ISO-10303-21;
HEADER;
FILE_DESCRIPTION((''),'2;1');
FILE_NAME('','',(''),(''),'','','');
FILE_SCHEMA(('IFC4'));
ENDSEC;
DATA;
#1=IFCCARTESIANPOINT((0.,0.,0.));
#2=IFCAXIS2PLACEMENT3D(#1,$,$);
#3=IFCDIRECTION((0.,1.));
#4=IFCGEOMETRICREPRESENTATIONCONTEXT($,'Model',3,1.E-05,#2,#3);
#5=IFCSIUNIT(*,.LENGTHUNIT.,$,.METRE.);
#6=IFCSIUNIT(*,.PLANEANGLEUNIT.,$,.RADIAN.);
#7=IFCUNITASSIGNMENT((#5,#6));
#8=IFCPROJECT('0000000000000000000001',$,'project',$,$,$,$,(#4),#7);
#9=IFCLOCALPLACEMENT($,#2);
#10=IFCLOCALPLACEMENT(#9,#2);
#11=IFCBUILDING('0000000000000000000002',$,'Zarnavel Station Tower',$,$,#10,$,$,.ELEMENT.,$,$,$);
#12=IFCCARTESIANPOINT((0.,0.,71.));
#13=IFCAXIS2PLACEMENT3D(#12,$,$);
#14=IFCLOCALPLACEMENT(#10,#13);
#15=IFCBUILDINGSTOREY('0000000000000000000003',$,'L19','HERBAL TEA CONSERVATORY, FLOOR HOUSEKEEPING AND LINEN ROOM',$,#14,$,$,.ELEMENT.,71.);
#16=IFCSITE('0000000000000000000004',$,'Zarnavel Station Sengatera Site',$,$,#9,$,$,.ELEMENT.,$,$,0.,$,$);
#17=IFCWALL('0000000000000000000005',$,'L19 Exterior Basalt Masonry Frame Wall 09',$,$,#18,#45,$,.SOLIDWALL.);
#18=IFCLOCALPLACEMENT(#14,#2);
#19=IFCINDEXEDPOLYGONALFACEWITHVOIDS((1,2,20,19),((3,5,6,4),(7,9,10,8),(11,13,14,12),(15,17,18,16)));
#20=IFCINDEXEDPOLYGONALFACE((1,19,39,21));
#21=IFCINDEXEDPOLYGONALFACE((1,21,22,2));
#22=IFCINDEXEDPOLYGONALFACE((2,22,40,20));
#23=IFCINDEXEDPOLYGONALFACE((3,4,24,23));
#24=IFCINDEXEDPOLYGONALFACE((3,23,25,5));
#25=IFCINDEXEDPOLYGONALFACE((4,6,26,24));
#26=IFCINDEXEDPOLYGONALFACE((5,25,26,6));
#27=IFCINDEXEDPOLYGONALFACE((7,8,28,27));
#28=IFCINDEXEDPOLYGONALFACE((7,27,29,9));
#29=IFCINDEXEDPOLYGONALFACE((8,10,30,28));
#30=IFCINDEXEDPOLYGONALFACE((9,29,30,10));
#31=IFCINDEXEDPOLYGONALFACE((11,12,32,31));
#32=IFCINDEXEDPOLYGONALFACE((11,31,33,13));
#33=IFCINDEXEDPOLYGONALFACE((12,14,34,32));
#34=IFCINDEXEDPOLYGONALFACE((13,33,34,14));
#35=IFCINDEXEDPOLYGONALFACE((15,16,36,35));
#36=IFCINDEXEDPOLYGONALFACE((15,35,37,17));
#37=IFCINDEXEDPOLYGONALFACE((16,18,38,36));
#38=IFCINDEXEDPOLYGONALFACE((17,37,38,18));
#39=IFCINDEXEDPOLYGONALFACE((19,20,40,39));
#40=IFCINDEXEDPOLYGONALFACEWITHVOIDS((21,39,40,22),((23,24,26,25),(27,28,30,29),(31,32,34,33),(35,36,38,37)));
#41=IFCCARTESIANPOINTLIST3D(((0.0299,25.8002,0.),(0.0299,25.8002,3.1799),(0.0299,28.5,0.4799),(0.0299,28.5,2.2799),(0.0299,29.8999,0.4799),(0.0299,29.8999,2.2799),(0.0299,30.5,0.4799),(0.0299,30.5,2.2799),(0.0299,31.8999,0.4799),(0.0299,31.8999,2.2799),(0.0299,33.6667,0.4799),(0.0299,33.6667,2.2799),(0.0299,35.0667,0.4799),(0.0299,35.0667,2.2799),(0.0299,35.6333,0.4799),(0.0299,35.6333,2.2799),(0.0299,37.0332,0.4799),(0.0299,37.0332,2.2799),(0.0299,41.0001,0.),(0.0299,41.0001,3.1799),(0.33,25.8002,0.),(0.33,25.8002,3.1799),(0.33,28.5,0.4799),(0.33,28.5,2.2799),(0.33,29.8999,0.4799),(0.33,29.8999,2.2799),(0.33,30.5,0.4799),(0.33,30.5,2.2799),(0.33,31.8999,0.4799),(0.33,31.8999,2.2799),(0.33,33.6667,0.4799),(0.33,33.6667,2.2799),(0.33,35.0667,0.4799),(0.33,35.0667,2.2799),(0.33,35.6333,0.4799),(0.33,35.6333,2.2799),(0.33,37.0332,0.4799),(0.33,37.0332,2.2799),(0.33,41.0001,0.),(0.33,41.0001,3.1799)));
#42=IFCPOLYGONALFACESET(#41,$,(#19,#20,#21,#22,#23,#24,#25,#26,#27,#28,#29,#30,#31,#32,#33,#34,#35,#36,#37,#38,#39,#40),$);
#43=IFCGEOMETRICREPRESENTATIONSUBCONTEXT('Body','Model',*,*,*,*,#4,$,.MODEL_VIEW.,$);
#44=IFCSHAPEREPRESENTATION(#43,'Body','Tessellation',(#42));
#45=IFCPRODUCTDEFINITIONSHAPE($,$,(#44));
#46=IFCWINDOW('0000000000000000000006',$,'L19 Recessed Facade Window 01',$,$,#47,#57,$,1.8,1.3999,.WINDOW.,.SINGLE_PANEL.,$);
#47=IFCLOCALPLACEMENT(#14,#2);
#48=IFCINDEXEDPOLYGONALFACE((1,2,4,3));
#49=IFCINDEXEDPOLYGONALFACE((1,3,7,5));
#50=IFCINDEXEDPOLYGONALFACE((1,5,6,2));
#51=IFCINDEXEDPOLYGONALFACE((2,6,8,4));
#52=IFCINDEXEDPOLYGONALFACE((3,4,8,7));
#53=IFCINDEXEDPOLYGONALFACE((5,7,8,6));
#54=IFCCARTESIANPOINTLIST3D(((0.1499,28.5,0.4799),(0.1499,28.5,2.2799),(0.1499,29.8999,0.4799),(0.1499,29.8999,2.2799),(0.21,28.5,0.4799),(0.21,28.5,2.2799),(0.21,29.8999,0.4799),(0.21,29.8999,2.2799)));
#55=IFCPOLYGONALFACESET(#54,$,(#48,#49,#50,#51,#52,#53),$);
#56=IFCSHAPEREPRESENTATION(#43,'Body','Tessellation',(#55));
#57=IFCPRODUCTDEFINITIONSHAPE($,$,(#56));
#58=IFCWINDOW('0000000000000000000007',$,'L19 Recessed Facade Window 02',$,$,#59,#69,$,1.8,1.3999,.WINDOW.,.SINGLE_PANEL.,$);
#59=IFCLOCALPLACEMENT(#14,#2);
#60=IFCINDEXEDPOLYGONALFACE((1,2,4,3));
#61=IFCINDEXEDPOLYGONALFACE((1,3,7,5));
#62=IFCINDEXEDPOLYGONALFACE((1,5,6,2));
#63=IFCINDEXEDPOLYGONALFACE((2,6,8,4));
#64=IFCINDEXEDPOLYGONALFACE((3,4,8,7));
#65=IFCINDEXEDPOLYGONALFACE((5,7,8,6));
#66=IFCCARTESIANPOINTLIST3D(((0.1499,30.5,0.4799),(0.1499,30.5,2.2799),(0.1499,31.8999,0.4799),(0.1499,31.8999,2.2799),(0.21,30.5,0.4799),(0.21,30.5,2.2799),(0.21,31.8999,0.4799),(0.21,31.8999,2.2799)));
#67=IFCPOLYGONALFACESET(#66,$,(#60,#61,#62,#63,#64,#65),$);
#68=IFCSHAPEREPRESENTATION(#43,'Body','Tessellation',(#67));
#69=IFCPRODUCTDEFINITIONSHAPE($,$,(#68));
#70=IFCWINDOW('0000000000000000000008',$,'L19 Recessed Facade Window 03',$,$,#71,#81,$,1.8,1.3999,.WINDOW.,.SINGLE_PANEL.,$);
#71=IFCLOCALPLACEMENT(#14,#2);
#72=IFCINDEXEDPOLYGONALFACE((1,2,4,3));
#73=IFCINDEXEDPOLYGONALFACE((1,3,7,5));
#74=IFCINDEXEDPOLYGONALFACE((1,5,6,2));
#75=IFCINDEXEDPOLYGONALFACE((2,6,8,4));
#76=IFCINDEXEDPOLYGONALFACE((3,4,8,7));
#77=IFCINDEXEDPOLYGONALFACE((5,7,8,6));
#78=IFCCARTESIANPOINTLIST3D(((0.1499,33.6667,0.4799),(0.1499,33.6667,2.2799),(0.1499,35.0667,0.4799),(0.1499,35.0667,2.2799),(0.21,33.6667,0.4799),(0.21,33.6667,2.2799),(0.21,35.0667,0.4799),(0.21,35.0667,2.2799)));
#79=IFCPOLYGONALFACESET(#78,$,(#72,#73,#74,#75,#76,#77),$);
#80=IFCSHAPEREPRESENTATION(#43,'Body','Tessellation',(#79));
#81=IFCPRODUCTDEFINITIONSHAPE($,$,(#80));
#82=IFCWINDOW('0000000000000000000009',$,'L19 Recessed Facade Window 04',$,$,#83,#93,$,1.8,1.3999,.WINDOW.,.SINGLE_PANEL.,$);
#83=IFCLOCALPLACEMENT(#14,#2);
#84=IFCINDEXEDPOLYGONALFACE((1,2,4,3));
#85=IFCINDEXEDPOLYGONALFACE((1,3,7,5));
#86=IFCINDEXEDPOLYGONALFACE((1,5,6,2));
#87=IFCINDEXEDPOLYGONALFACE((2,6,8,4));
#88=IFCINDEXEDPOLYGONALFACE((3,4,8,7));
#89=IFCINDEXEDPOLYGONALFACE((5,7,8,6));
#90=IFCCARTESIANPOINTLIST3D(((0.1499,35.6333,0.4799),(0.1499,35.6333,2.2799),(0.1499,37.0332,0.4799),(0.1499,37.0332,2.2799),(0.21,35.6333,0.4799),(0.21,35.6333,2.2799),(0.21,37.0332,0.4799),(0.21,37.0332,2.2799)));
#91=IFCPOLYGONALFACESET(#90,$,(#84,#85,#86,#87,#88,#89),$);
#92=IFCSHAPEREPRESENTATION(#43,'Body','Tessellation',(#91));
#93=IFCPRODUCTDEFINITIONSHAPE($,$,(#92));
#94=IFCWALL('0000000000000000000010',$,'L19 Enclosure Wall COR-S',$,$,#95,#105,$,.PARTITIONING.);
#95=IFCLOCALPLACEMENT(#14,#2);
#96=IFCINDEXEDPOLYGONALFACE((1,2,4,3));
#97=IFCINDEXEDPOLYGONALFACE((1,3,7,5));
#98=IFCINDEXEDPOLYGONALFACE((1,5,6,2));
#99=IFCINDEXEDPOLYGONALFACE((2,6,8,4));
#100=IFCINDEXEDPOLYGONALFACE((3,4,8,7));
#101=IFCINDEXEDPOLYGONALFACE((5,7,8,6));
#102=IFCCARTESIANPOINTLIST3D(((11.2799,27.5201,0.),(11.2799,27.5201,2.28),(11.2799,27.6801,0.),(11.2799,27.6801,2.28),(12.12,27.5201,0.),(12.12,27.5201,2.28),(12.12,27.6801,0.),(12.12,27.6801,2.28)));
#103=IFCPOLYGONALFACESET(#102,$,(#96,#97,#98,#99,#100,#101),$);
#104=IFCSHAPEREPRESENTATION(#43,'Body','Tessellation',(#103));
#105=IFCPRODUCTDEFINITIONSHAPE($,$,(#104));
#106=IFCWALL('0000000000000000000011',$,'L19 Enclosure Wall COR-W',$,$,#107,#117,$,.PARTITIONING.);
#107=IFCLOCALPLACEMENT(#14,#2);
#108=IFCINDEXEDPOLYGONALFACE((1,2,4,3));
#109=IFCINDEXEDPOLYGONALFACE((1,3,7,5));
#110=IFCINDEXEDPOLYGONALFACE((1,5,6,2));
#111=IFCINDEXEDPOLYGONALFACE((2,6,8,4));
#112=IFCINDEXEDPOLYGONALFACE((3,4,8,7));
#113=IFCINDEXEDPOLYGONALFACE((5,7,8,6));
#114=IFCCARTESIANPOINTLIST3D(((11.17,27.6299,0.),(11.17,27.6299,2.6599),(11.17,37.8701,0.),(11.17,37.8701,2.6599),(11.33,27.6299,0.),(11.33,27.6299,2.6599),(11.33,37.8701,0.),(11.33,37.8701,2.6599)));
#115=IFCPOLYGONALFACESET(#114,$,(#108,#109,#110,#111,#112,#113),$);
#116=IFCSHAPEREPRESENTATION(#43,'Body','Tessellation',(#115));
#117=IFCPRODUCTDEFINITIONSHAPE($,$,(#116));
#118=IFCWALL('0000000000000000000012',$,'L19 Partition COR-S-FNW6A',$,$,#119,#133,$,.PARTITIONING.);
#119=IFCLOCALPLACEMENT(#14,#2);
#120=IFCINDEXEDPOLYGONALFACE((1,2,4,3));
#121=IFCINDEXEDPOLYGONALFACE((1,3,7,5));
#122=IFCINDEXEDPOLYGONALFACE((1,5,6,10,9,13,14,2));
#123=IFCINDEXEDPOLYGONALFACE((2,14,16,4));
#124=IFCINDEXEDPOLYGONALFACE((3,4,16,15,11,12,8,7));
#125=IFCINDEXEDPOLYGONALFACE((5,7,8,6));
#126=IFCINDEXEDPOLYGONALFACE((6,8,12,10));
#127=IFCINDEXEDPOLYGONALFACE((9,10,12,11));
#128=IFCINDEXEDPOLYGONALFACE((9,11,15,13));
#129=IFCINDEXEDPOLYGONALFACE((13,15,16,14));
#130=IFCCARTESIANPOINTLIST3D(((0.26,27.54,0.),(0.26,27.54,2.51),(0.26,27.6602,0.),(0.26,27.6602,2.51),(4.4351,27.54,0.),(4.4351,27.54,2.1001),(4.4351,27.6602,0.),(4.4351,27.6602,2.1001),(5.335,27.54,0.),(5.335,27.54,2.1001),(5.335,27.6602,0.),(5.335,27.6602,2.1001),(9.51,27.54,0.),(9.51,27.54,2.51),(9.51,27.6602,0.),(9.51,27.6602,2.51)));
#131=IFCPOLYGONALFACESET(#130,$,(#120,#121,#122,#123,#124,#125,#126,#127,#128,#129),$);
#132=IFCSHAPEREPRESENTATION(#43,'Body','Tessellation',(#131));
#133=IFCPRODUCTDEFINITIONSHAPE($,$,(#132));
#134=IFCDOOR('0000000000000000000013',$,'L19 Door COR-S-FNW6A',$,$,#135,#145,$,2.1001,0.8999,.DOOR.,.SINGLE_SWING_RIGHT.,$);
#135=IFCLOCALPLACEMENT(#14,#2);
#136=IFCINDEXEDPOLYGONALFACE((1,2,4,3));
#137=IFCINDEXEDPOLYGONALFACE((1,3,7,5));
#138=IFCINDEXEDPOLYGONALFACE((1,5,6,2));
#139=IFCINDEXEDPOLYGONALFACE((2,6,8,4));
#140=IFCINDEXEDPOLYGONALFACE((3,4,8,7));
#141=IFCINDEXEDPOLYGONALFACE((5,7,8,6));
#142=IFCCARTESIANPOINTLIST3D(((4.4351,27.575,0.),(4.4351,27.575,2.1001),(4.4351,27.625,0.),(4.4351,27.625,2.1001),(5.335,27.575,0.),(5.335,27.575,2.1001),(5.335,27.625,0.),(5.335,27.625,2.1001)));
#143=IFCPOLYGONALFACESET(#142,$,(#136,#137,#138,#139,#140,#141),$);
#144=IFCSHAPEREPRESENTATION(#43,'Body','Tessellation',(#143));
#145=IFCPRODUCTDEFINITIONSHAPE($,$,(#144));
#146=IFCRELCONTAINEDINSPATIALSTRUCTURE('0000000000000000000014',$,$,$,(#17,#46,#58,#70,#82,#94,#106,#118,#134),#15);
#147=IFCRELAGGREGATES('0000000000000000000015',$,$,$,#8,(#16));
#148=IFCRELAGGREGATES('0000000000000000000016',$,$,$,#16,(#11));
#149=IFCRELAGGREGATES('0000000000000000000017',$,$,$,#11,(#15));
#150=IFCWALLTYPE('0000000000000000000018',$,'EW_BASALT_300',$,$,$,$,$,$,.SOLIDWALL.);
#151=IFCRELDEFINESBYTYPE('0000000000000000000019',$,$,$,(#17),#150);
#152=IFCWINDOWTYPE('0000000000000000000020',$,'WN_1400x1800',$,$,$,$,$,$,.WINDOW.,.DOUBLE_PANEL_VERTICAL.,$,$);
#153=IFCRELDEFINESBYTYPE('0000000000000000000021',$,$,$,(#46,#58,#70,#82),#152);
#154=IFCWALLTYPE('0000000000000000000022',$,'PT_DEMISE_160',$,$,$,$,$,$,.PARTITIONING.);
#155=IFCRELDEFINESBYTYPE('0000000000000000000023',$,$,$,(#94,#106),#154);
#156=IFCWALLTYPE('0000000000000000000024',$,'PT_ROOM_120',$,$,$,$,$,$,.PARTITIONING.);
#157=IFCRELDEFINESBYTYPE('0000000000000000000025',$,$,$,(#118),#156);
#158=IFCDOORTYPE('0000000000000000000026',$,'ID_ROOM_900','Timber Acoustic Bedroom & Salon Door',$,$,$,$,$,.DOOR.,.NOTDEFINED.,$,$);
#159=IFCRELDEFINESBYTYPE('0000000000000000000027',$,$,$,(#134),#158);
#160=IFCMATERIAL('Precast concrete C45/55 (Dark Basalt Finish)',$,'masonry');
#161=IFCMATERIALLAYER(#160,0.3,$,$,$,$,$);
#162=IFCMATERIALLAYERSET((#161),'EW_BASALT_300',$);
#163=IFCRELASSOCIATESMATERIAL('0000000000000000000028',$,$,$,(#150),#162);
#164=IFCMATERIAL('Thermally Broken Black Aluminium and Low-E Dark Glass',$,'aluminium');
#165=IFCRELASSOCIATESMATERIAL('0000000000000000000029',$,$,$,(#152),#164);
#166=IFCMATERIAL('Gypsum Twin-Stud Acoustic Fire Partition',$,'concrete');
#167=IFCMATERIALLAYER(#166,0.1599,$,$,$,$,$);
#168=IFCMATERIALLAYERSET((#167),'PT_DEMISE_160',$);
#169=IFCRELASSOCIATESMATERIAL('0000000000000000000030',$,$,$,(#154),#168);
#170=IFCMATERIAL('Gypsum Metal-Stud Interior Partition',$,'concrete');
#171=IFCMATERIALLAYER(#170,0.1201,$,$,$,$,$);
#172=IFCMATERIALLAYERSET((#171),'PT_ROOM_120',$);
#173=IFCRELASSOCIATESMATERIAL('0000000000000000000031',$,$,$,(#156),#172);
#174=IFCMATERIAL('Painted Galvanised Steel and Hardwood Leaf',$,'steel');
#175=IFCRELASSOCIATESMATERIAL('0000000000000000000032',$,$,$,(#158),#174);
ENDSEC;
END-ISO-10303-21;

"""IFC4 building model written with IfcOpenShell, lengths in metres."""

from ifc_helpers import new_model, si_unit, direction, frame, frame_2d, origin, place, context, subcontext, project, spatial, rectangle, extrude, material, layer, layer_set, type_object, element, fill, save


model = new_model("IFC4")

# Units and contexts
model_context = context("Model", 3, precision=1e-05, world=origin(), true_north=direction((0.0, 1.0)))
body_context = subcontext(model_context, "Body", "Model", "MODEL_VIEW")
ifc_project = project(units=[si_unit("LENGTHUNIT", "METRE"), si_unit("PLANEANGLEUNIT", "RADIAN")], contexts=[model_context])

# Site, building, storey
site_placement = place(None, origin())
site = spatial("IfcSite", under=ifc_project, at=site_placement, Name="Zarnavel Station Sengatera Site", CompositionType="ELEMENT", RefElevation=0.0)
building_placement = place(site_placement, origin())
building = spatial("IfcBuilding", under=site, at=building_placement, Name="Zarnavel Station Tower", CompositionType="ELEMENT")
storey_placement = place(building_placement, frame((0.0, 0.0, 71.0)))
storey = spatial("IfcBuildingStorey", under=building, at=storey_placement, Name="L19", Description="HERBAL TEA CONSERVATORY, FLOOR HOUSEKEEPING AND LINEN ROOM", CompositionType="ELEMENT", Elevation=71.0)

# Wall, openings, windows
ifc_material_1 = material(Name="Precast concrete C45/55 (Dark Basalt Finish)", Category="masonry")
ifc_layer_1 = layer(ifc_material_1, 0.3)
ifc_layer_set_1 = layer_set([ifc_layer_1], Name="EW_BASALT_300")
wall_type_1 = type_object("IfcWallType", Name="EW_BASALT_300", PredefinedType="SOLIDWALL", material=ifc_layer_set_1)
wall_1_placement = place(storey_placement, frame((0.1799, 25.8, 0.0), z_axis=(0.0, 0.0, 1.0), x_axis=(0.0, 1.0, 0.0)))
wall_1 = element("IfcWall", 1, at=wall_1_placement, inside=storey, type_object=wall_type_1, Name="L19 Exterior Basalt Masonry Frame Wall 09", PredefinedType="SOLIDWALL", context=body_context, shape_type="SweptSolid", body=[
    extrude(rectangle(XDim=15.2, YDim=0.3, at=frame_2d((7.6001, 0.0))), origin(), (0.0, 0.0, 1.0), 3.1799),
])
opening_1_placement = place(wall_1_placement, frame((2.7, 0.0, 0.48)))
opening_1 = element("IfcOpeningElement", 2, at=opening_1_placement, cuts=wall_1, PredefinedType="OPENING", context=body_context, shape_type="SweptSolid", body=[
    extrude(rectangle(XDim=1.3999, YDim=1.8, at=frame_2d((0.7, 0.8999))), frame((0.0, 0.1599, 0.0), z_axis=(0.0, -1.0, 0.0), x_axis=(1.0, 0.0, 0.0)), (0.0, 0.0, 1.0), 0.3201),
])
opening_2_placement = place(wall_1_placement, frame((4.7, 0.0, 0.48)))
opening_2 = element("IfcOpeningElement", 3, at=opening_2_placement, cuts=wall_1, PredefinedType="OPENING", context=body_context, shape_type="SweptSolid", body=[
    extrude(rectangle(XDim=1.3999, YDim=1.8, at=frame_2d((0.7, 0.8999))), frame((0.0, 0.1599, 0.0), z_axis=(0.0, -1.0, 0.0), x_axis=(1.0, 0.0, 0.0)), (0.0, 0.0, 1.0), 0.3201),
])
opening_3_placement = place(wall_1_placement, frame((7.8667, 0.0, 0.48)))
opening_3 = element("IfcOpeningElement", 4, at=opening_3_placement, cuts=wall_1, PredefinedType="OPENING", context=body_context, shape_type="SweptSolid", body=[
    extrude(rectangle(XDim=1.3999, YDim=1.8, at=frame_2d((0.7, 0.8999))), frame((0.0, 0.1599, 0.0), z_axis=(0.0, -1.0, 0.0), x_axis=(1.0, 0.0, 0.0)), (0.0, 0.0, 1.0), 0.3201),
])
opening_4_placement = place(wall_1_placement, frame((9.8333, 0.0, 0.48)))
opening_4 = element("IfcOpeningElement", 5, at=opening_4_placement, cuts=wall_1, PredefinedType="OPENING", context=body_context, shape_type="SweptSolid", body=[
    extrude(rectangle(XDim=1.3999, YDim=1.8, at=frame_2d((0.7, 0.8999))), frame((0.0, 0.1599, 0.0), z_axis=(0.0, -1.0, 0.0), x_axis=(1.0, 0.0, 0.0)), (0.0, 0.0, 1.0), 0.3201),
])
ifc_material_2 = material(Name="Thermally Broken Black Aluminium and Low-E Dark Glass", Category="aluminium")
window_type = type_object("IfcWindowType", Name="WN_1400x1800", PartitioningType="DOUBLE_PANEL_VERTICAL", PredefinedType="WINDOW", material=ifc_material_2)
window_1_placement = place(opening_1_placement, origin())
window_1 = element("IfcWindow", 6, at=window_1_placement, inside=storey, type_object=window_type, Name="L19 Recessed Facade Window 01", OverallHeight=1.8, OverallWidth=1.3999, PartitioningType="SINGLE_PANEL", PredefinedType="WINDOW", context=body_context, shape_type="SweptSolid", body=[
    extrude(rectangle(XDim=1.3999, YDim=1.8, at=frame_2d((0.7, 0.8999))), frame((0.0, 0.03, 0.0), z_axis=(0.0, -1.0, 0.0), x_axis=(1.0, 0.0, 0.0)), (0.0, 0.0, 1.0), 0.0601),
])
fill(opening_1, window_1)
window_2_placement = place(opening_2_placement, origin())
window_2 = element("IfcWindow", 7, at=window_2_placement, inside=storey, type_object=window_type, Name="L19 Recessed Facade Window 02", OverallHeight=1.8, OverallWidth=1.3999, PartitioningType="SINGLE_PANEL", PredefinedType="WINDOW", context=body_context, shape_type="SweptSolid", body=[
    extrude(rectangle(XDim=1.3999, YDim=1.8, at=frame_2d((0.7, 0.8999))), frame((0.0, 0.03, 0.0), z_axis=(0.0, -1.0, 0.0), x_axis=(1.0, 0.0, 0.0)), (0.0, 0.0, 1.0), 0.0601),
])
fill(opening_2, window_2)
window_3_placement = place(opening_3_placement, origin())
window_3 = element("IfcWindow", 8, at=window_3_placement, inside=storey, type_object=window_type, Name="L19 Recessed Facade Window 03", OverallHeight=1.8, OverallWidth=1.3999, PartitioningType="SINGLE_PANEL", PredefinedType="WINDOW", context=body_context, shape_type="SweptSolid", body=[
    extrude(rectangle(XDim=1.3999, YDim=1.8, at=frame_2d((0.7, 0.8999))), frame((0.0, 0.03, 0.0), z_axis=(0.0, -1.0, 0.0), x_axis=(1.0, 0.0, 0.0)), (0.0, 0.0, 1.0), 0.0601),
])
fill(opening_3, window_3)
window_4_placement = place(opening_4_placement, origin())
window_4 = element("IfcWindow", 9, at=window_4_placement, inside=storey, type_object=window_type, Name="L19 Recessed Facade Window 04", OverallHeight=1.8, OverallWidth=1.3999, PartitioningType="SINGLE_PANEL", PredefinedType="WINDOW", context=body_context, shape_type="SweptSolid", body=[
    extrude(rectangle(XDim=1.3999, YDim=1.8, at=frame_2d((0.7, 0.8999))), frame((0.0, 0.03, 0.0), z_axis=(0.0, -1.0, 0.0), x_axis=(1.0, 0.0, 0.0)), (0.0, 0.0, 1.0), 0.0601),
])
fill(opening_4, window_4)

# Walls
ifc_material_3 = material(Name="Gypsum Twin-Stud Acoustic Fire Partition", Category="concrete")
ifc_layer_2 = layer(ifc_material_3, 0.1599)
ifc_layer_set_2 = layer_set([ifc_layer_2], Name="PT_DEMISE_160")
wall_type_2 = type_object("IfcWallType", Name="PT_DEMISE_160", PredefinedType="PARTITIONING", material=ifc_layer_set_2)
wall_2_placement = place(storey_placement, frame((11.28, 27.6001, 0.0), z_axis=(0.0, 0.0, 1.0), x_axis=(1.0, 0.0, 0.0)))
element("IfcWall", 10, at=wall_2_placement, inside=storey, type_object=wall_type_2, Name="L19 Enclosure Wall COR-S", PredefinedType="PARTITIONING", context=body_context, shape_type="SweptSolid", body=[
    extrude(rectangle(XDim=0.8401, YDim=0.1599, at=frame_2d((0.4199, 0.0))), origin(), (0.0, 0.0, 1.0), 2.28),
])
wall_3_placement = place(storey_placement, frame((11.25, 27.6299, 0.0), z_axis=(0.0, 0.0, 1.0), x_axis=(0.0, 1.0, 0.0)))
element("IfcWall", 11, at=wall_3_placement, inside=storey, type_object=wall_type_2, Name="L19 Enclosure Wall COR-W", PredefinedType="PARTITIONING", context=body_context, shape_type="SweptSolid", body=[
    extrude(rectangle(XDim=10.2402, YDim=0.1599, at=frame_2d((5.1201, 0.0))), origin(), (0.0, 0.0, 1.0), 2.6599),
])

# Wall, opening, door
ifc_material_4 = material(Name="Gypsum Metal-Stud Interior Partition", Category="concrete")
ifc_layer_3 = layer(ifc_material_4, 0.1201)
ifc_layer_set_3 = layer_set([ifc_layer_3], Name="PT_ROOM_120")
wall_type_3 = type_object("IfcWallType", Name="PT_ROOM_120", PredefinedType="PARTITIONING", material=ifc_layer_set_3)
wall_4_placement = place(storey_placement, frame((0.26, 27.6001, 0.0), z_axis=(0.0, 0.0, 1.0), x_axis=(1.0, 0.0, 0.0)))
wall_4 = element("IfcWall", 12, at=wall_4_placement, inside=storey, type_object=wall_type_3, Name="L19 Partition COR-S-FNW6A", PredefinedType="PARTITIONING", context=body_context, shape_type="SweptSolid", body=[
    extrude(rectangle(XDim=9.25, YDim=0.1201, at=frame_2d((4.625, 0.0))), origin(), (0.0, 0.0, 1.0), 2.51),
])
opening_5_placement = place(wall_4_placement, frame((4.175, 0.0, 0.0)))
opening_5 = element("IfcOpeningElement", 13, at=opening_5_placement, cuts=wall_4, PredefinedType="OPENING", context=body_context, shape_type="SweptSolid", body=[
    extrude(rectangle(XDim=0.8999, YDim=2.1001, at=frame_2d((0.45, 1.05))), frame((0.0, 0.0701, 0.0), z_axis=(0.0, -1.0, 0.0), x_axis=(1.0, 0.0, 0.0)), (0.0, 0.0, 1.0), 0.1401),
])
ifc_material_5 = material(Name="Painted Galvanised Steel and Hardwood Leaf", Category="steel")
door_type = type_object("IfcDoorType", Name="ID_ROOM_900", Description="Timber Acoustic Bedroom & Salon Door", OperationType="NOTDEFINED", PredefinedType="DOOR", material=ifc_material_5)
door_1_placement = place(opening_5_placement, origin())
door_1 = element("IfcDoor", 14, at=door_1_placement, inside=storey, type_object=door_type, Name="L19 Door COR-S-FNW6A", OperationType="SINGLE_SWING_RIGHT", OverallHeight=2.1001, OverallWidth=0.8999, PredefinedType="DOOR", context=body_context, shape_type="SweptSolid", body=[
    extrude(rectangle(XDim=0.8999, YDim=2.1001, at=frame_2d((0.45, 1.05))), frame((0.0, 0.0249, 0.0), z_axis=(0.0, -1.0, 0.0), x_axis=(1.0, 0.0, 0.0)), (0.0, 0.0, 1.0), 0.05),
])
fill(opening_5, door_1)

save(model, "model.ifc")
